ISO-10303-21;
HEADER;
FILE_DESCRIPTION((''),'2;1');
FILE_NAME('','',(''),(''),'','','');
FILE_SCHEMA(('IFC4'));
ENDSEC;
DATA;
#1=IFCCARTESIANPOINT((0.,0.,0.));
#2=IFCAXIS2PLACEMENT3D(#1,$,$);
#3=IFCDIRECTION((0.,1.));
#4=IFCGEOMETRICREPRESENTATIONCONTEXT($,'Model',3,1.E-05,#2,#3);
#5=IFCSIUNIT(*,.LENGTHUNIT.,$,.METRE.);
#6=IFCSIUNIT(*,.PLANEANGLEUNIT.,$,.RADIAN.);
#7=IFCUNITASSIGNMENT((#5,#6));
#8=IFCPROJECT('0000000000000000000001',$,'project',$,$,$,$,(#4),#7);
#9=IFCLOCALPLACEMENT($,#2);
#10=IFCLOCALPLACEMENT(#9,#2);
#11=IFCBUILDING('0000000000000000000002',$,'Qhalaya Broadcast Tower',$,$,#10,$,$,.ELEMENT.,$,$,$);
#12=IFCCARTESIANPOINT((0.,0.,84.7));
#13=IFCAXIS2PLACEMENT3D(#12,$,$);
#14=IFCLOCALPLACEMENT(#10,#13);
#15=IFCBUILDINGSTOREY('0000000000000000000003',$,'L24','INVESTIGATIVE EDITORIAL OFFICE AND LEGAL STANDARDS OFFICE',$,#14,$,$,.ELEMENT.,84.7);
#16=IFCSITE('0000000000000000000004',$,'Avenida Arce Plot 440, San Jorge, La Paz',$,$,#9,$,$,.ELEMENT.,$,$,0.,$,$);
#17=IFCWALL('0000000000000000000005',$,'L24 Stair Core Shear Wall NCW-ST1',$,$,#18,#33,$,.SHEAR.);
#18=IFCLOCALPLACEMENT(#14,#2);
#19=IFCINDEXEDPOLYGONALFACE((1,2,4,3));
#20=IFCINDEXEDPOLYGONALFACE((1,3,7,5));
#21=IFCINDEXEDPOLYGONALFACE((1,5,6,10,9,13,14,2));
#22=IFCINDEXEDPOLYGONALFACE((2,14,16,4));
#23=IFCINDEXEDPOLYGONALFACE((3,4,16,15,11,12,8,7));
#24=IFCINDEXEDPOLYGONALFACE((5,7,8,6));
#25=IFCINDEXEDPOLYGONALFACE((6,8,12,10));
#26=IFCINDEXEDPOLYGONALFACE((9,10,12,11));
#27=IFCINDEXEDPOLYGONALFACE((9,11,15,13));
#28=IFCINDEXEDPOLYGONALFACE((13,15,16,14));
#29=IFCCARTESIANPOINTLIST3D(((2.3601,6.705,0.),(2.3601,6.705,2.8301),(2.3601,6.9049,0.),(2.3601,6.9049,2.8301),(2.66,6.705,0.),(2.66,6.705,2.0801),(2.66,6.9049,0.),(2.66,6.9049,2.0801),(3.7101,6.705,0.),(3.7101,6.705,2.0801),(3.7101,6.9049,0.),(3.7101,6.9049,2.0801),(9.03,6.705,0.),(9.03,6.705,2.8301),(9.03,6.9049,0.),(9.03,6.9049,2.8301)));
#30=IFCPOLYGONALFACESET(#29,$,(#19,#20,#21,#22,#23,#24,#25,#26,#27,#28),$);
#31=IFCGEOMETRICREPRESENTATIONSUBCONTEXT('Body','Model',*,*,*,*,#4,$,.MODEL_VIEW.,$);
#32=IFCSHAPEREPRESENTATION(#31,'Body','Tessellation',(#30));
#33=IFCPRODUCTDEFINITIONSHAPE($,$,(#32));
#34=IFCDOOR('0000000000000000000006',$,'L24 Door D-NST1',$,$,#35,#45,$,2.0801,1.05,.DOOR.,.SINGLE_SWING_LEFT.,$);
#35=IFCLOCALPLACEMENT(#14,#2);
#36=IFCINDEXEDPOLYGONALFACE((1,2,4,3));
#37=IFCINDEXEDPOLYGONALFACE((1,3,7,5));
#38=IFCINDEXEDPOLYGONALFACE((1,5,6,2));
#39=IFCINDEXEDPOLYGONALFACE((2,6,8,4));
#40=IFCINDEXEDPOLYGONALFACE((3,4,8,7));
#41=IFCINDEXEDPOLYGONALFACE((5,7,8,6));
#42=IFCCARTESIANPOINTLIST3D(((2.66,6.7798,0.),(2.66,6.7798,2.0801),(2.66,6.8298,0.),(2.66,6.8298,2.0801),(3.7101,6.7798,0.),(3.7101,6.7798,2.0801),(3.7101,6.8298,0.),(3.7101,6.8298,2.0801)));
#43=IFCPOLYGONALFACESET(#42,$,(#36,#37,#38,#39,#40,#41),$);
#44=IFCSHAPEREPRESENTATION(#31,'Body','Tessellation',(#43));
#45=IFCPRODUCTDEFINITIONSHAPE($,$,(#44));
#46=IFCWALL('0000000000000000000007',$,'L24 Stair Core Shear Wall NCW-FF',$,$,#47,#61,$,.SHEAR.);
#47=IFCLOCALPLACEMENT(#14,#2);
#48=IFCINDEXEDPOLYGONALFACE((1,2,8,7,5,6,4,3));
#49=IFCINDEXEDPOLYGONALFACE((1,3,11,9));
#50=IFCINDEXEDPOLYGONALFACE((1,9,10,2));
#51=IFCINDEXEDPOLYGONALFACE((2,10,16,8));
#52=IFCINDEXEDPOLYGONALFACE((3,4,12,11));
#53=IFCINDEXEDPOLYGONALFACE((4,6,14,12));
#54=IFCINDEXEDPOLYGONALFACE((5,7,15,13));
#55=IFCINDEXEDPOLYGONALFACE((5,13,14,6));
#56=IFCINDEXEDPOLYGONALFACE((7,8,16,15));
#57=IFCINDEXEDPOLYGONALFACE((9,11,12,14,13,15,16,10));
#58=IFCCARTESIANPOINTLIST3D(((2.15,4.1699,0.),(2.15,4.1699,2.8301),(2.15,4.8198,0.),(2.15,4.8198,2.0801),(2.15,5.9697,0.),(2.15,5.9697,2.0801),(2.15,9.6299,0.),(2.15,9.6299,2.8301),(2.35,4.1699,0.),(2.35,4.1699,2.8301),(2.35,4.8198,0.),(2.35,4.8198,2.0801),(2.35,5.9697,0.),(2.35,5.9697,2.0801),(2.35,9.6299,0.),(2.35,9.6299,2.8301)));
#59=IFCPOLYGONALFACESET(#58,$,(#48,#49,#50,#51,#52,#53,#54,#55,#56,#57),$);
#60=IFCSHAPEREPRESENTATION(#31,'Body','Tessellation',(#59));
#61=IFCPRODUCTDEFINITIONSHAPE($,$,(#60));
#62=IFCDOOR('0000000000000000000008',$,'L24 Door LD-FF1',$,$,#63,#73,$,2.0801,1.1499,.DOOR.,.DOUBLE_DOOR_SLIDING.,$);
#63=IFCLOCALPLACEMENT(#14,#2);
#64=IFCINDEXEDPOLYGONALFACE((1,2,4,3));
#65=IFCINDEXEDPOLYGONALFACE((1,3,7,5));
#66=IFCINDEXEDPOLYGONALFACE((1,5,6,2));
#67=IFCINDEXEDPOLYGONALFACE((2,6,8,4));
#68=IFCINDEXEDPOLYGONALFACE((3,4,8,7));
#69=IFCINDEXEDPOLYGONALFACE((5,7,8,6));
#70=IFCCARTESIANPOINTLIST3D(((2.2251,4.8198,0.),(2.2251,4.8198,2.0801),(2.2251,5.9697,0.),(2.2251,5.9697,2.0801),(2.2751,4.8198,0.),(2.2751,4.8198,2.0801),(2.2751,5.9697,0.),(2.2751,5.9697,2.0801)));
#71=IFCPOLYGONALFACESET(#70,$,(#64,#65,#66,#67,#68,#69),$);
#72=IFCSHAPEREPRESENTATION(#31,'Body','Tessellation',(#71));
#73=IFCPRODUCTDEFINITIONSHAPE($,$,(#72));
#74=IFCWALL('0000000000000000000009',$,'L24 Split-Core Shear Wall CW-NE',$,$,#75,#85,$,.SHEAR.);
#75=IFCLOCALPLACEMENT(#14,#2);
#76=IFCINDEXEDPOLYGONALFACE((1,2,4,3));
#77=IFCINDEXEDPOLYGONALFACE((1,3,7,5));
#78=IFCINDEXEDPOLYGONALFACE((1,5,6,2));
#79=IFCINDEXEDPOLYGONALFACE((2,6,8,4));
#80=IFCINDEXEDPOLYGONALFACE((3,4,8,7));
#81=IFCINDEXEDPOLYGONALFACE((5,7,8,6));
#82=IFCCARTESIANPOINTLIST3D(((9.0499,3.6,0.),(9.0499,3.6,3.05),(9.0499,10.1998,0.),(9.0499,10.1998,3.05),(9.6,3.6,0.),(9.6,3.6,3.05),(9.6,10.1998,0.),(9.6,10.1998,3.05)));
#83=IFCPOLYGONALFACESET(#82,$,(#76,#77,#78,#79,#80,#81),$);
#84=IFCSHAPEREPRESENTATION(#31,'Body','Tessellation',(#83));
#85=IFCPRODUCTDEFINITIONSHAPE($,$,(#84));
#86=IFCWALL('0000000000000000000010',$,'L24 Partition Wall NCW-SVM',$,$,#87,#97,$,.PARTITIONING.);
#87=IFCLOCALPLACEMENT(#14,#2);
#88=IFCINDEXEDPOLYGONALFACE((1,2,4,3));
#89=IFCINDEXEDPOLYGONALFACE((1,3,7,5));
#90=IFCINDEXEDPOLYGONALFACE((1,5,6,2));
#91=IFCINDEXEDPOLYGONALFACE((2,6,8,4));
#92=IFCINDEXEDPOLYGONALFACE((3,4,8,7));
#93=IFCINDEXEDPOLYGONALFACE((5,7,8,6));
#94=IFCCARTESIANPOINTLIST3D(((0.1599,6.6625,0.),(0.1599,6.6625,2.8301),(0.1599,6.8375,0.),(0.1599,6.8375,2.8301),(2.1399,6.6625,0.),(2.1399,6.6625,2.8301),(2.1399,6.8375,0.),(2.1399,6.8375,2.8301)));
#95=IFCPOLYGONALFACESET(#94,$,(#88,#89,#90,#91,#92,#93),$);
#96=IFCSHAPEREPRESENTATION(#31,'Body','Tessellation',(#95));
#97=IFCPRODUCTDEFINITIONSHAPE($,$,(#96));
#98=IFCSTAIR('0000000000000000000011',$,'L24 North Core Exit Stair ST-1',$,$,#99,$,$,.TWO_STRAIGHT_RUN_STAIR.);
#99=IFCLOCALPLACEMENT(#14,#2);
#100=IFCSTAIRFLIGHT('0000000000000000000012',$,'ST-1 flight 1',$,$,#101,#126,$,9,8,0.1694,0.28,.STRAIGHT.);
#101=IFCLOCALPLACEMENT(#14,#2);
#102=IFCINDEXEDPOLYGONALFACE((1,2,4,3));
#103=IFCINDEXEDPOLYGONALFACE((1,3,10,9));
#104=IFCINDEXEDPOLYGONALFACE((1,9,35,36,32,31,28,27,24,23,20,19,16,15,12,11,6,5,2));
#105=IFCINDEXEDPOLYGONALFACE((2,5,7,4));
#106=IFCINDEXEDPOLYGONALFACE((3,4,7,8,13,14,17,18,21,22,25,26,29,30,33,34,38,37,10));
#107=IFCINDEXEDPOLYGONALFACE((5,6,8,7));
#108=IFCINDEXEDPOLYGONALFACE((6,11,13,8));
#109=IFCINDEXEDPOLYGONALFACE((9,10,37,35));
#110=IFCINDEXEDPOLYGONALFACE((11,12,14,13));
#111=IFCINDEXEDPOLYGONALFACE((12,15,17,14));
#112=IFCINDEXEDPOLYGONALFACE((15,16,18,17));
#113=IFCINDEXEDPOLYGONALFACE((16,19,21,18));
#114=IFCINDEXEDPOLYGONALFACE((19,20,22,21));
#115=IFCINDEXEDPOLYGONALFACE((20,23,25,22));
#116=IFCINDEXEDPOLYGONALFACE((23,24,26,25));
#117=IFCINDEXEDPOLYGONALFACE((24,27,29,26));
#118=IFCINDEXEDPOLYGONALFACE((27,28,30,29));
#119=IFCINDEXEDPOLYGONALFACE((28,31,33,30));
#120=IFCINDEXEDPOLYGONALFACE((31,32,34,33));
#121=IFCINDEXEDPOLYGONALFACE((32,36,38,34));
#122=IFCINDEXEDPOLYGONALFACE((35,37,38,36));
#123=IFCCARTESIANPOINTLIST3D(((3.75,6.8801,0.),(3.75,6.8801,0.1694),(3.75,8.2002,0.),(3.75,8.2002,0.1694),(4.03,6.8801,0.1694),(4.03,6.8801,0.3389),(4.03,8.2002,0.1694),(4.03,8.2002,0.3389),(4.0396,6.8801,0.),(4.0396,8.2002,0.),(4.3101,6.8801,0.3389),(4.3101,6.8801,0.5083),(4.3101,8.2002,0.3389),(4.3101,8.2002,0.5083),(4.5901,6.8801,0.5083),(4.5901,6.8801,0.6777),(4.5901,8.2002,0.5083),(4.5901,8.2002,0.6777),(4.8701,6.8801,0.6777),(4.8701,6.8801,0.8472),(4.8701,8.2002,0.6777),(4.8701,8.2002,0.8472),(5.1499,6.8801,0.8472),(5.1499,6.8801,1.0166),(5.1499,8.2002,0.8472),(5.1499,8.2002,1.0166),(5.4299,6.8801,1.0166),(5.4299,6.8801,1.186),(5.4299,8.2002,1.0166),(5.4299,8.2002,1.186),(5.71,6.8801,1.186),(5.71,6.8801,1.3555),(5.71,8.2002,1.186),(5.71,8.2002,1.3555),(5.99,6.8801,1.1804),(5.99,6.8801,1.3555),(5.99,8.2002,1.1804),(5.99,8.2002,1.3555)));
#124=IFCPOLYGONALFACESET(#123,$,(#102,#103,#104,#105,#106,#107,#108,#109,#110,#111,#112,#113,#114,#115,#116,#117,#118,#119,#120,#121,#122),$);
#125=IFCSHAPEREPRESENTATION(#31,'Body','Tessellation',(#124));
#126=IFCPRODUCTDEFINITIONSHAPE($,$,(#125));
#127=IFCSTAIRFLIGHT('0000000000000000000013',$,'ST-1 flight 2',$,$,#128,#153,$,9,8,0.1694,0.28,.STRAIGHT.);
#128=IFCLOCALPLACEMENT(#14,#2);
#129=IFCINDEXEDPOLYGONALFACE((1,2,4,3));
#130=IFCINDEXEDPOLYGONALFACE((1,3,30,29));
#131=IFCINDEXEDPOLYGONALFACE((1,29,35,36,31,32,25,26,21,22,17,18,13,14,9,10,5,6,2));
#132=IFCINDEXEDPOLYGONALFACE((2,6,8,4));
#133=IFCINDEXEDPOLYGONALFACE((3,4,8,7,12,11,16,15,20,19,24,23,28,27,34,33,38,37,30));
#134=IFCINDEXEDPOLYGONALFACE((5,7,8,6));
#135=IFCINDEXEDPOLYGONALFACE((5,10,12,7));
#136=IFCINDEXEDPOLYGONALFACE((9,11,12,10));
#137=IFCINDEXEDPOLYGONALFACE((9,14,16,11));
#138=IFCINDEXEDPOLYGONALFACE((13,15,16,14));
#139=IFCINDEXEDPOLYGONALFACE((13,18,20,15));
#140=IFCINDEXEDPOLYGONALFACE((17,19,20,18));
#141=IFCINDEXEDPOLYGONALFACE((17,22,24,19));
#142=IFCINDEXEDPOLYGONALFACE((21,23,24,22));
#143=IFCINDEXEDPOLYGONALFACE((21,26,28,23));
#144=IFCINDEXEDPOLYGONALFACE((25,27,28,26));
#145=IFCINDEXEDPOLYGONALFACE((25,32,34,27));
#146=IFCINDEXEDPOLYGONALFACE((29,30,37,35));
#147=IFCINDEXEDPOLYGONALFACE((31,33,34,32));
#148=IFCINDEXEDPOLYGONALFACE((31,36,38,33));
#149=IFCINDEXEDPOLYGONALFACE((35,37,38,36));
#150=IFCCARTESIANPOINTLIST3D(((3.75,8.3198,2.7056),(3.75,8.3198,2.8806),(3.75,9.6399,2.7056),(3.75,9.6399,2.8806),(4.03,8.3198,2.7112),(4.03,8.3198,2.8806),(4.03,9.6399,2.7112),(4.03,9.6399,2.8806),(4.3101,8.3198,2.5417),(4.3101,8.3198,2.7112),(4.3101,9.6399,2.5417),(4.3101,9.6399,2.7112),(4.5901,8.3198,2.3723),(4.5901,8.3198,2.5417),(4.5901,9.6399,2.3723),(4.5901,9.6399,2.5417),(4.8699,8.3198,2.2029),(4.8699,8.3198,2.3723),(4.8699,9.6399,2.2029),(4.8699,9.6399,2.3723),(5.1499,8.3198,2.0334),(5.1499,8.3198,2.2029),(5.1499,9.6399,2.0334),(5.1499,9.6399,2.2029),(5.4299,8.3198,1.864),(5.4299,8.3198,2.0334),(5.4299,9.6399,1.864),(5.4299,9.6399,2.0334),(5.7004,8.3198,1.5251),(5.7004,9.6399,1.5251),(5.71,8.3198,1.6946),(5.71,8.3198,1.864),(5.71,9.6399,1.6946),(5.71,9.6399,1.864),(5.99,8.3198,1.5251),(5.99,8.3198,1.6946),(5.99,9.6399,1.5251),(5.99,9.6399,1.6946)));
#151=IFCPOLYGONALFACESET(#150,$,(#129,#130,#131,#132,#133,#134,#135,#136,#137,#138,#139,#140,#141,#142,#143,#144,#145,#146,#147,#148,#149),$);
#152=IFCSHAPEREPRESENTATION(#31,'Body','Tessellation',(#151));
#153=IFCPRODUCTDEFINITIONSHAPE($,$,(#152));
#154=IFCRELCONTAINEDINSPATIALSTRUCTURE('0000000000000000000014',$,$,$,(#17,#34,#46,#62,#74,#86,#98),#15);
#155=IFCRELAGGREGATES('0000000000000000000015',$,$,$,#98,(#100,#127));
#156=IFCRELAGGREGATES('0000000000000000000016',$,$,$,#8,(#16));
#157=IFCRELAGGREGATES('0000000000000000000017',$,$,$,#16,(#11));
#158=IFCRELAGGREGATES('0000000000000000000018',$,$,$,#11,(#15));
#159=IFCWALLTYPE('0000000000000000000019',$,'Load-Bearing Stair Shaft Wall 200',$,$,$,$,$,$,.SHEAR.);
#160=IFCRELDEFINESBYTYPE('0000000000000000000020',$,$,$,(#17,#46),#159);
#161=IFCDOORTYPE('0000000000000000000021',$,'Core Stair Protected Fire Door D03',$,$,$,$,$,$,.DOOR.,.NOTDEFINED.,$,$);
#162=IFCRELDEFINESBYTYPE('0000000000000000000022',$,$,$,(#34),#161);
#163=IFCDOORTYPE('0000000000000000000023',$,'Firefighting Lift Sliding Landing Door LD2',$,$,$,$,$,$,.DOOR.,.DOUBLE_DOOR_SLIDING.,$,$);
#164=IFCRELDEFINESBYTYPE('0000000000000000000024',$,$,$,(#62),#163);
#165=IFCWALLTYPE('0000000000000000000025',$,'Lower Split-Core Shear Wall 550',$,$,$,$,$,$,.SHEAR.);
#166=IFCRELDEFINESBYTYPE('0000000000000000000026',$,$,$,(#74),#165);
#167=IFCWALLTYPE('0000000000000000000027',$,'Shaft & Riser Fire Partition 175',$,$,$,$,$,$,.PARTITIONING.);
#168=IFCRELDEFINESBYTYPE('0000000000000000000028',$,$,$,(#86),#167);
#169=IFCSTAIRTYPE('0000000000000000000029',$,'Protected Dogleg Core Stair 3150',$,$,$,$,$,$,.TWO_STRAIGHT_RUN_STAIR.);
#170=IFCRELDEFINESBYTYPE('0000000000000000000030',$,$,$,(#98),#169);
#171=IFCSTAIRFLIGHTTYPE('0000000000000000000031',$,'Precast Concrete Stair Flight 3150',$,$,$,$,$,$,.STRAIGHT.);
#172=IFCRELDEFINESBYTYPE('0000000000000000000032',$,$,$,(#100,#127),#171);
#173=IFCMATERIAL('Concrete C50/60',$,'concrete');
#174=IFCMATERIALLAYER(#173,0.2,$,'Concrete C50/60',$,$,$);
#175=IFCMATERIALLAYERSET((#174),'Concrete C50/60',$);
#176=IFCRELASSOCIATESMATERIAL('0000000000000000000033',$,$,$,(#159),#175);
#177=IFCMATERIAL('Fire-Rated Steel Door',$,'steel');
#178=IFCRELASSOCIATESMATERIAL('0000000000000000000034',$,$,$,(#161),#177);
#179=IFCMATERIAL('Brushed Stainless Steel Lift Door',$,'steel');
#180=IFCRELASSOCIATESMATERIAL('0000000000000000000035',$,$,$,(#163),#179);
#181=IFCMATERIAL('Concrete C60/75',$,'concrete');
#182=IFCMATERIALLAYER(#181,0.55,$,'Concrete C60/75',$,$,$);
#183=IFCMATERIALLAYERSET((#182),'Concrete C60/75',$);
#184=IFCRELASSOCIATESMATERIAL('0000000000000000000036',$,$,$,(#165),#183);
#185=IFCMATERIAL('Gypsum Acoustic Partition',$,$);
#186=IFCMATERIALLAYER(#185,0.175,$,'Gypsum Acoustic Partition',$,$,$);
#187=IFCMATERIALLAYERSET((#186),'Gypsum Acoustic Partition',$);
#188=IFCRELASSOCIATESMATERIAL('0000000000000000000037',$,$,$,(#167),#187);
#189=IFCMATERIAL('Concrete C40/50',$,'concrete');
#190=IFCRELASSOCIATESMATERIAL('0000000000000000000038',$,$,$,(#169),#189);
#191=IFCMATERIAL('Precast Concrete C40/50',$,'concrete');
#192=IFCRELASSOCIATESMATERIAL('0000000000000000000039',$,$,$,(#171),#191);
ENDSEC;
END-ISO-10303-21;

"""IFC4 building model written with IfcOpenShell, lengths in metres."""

from ifc_helpers import new_model, si_unit, direction, frame, frame_2d, origin, place, context, subcontext, project, spatial, polyline, rectangle, outline, extrude, material, layer, layer_set, type_object, element, fill, aggregate, save


model = new_model("IFC4")

# Units and contexts
model_context = context("Model", 3, precision=1e-05, world=origin(), true_north=direction((0.0, 1.0)))
body_context = subcontext(model_context, "Body", "Model", "MODEL_VIEW")
ifc_project = project(units=[si_unit("LENGTHUNIT", "METRE"), si_unit("PLANEANGLEUNIT", "RADIAN")], contexts=[model_context])

# Site, building, storey
site_placement = place(None, origin())
site = spatial("IfcSite", under=ifc_project, at=site_placement, Name="Avenida Arce Plot 440, San Jorge, La Paz", CompositionType="ELEMENT", RefElevation=0.0)
building_placement = place(site_placement, origin())
building = spatial("IfcBuilding", under=site, at=building_placement, Name="Qhalaya Broadcast Tower", CompositionType="ELEMENT")
storey_placement = place(building_placement, frame((0.0, 0.0, 84.7)))
storey = spatial("IfcBuildingStorey", under=building, at=storey_placement, Name="L24", Description="INVESTIGATIVE EDITORIAL OFFICE AND LEGAL STANDARDS OFFICE", CompositionType="ELEMENT", Elevation=84.7)

# Shared definitions
ifc_material_1 = material(Name="Concrete C50/60", Category="concrete")

# Walls, openings, doors
ifc_layer_1 = layer(ifc_material_1, 0.2, Name="Concrete C50/60")
ifc_layer_set_1 = layer_set([ifc_layer_1], Name="Concrete C50/60")
wall_type_1 = type_object("IfcWallType", Name="Load-Bearing Stair Shaft Wall 200", PredefinedType="SHEAR", material=ifc_layer_set_1)
wall_1_placement = place(storey_placement, frame((2.3601, 6.8049, 0.0), z_axis=(0.0, 0.0, 1.0), x_axis=(1.0, 0.0, 0.0)))
wall_1 = element("IfcWall", 1, at=wall_1_placement, inside=storey, type_object=wall_type_1, Name="L24 Stair Core Shear Wall NCW-ST1", PredefinedType="SHEAR", context=body_context, shape_type="SweptSolid", body=[
    extrude(rectangle(XDim=6.6699, YDim=0.2, at=frame_2d((3.335, 0.0))), origin(), (0.0, 0.0, 1.0), 2.8301),
])
opening_1_placement = place(wall_1_placement, frame((0.3, 0.0, 0.0)))
opening_1 = element("IfcOpeningElement", 2, at=opening_1_placement, cuts=wall_1, PredefinedType="OPENING", context=body_context, shape_type="SweptSolid", body=[
    extrude(rectangle(XDim=1.05, YDim=2.0801, at=frame_2d((0.5249, 1.04))), frame((0.0, 0.1121, 0.0), z_axis=(0.0, -1.0, 0.0), x_axis=(1.0, 0.0, 0.0)), (0.0, 0.0, 1.0), 0.2239),
])
ifc_material_2 = material(Name="Fire-Rated Steel Door", Category="steel")
door_type_1 = type_object("IfcDoorType", Name="Core Stair Protected Fire Door D03", OperationType="NOTDEFINED", PredefinedType="DOOR", material=ifc_material_2)
door_1_placement = place(opening_1_placement, origin())
door_1 = element("IfcDoor", 3, at=door_1_placement, inside=storey, type_object=door_type_1, Name="L24 Door D-NST1", OperationType="SINGLE_SWING_LEFT", OverallHeight=2.0801, OverallWidth=1.05, PredefinedType="DOOR", context=body_context, shape_type="SweptSolid", body=[
    extrude(rectangle(XDim=1.05, YDim=2.0801, at=frame_2d((0.5249, 1.04))), frame((0.0, 0.0249, 0.0), z_axis=(0.0, -1.0, 0.0), x_axis=(1.0, 0.0, 0.0)), (0.0, 0.0, 1.0), 0.05),
])
fill(opening_1, door_1)
wall_2_placement = place(storey_placement, frame((2.25, 4.1699, 0.0), z_axis=(0.0, 0.0, 1.0), x_axis=(0.0, 1.0, 0.0)))
wall_2 = element("IfcWall", 4, at=wall_2_placement, inside=storey, type_object=wall_type_1, Name="L24 Stair Core Shear Wall NCW-FF", PredefinedType="SHEAR", context=body_context, shape_type="SweptSolid", body=[
    extrude(rectangle(XDim=5.46, YDim=0.2, at=frame_2d((2.73, 0.0))), origin(), (0.0, 0.0, 1.0), 2.8301),
])
opening_2_placement = place(wall_2_placement, frame((0.6499, 0.0, 0.0)))
opening_2 = element("IfcOpeningElement", 5, at=opening_2_placement, cuts=wall_2, PredefinedType="OPENING", context=body_context, shape_type="SweptSolid", body=[
    extrude(rectangle(XDim=1.1499, YDim=2.0801, at=frame_2d((0.575, 1.04))), frame((0.0, 0.1121, 0.0), z_axis=(0.0, -1.0, 0.0), x_axis=(1.0, 0.0, 0.0)), (0.0, 0.0, 1.0), 0.2239),
])
ifc_material_3 = material(Name="Brushed Stainless Steel Lift Door", Category="steel")
door_type_2 = type_object("IfcDoorType", Name="Firefighting Lift Sliding Landing Door LD2", OperationType="DOUBLE_DOOR_SLIDING", PredefinedType="DOOR", material=ifc_material_3)
door_2_placement = place(opening_2_placement, origin())
door_2 = element("IfcDoor", 6, at=door_2_placement, inside=storey, type_object=door_type_2, Name="L24 Door LD-FF1", OperationType="DOUBLE_DOOR_SLIDING", OverallHeight=2.0801, OverallWidth=1.1499, PredefinedType="DOOR", context=body_context, shape_type="SweptSolid", body=[
    extrude(rectangle(XDim=1.1499, YDim=2.0801, at=frame_2d((0.575, 1.04))), frame((0.0, 0.0249, 0.0), z_axis=(0.0, -1.0, 0.0), x_axis=(1.0, 0.0, 0.0)), (0.0, 0.0, 1.0), 0.05),
])
fill(opening_2, door_2)

# Walls
ifc_material_4 = material(Name="Concrete C60/75", Category="concrete")
ifc_layer_2 = layer(ifc_material_4, 0.55, Name="Concrete C60/75")
ifc_layer_set_2 = layer_set([ifc_layer_2], Name="Concrete C60/75")
wall_type_2 = type_object("IfcWallType", Name="Lower Split-Core Shear Wall 550", PredefinedType="SHEAR", material=ifc_layer_set_2)
wall_3_placement = place(storey_placement, frame((9.325, 3.6001, 0.0), z_axis=(0.0, 0.0, 1.0), x_axis=(0.0, 1.0, 0.0)))
element("IfcWall", 7, at=wall_3_placement, inside=storey, type_object=wall_type_2, Name="L24 Split-Core Shear Wall CW-NE", PredefinedType="SHEAR", context=body_context, shape_type="SweptSolid", body=[
    extrude(rectangle(XDim=6.5999, YDim=0.55, at=frame_2d((3.2998, 0.0))), origin(), (0.0, 0.0, 1.0), 3.05),
])
ifc_material_5 = material(Name="Gypsum Acoustic Partition")
ifc_layer_3 = layer(ifc_material_5, 0.175, Name="Gypsum Acoustic Partition")
ifc_layer_set_3 = layer_set([ifc_layer_3], Name="Gypsum Acoustic Partition")
wall_type_3 = type_object("IfcWallType", Name="Shaft & Riser Fire Partition 175", PredefinedType="PARTITIONING", material=ifc_layer_set_3)
wall_4_placement = place(storey_placement, frame((0.1599, 6.75, 0.0), z_axis=(0.0, 0.0, 1.0), x_axis=(1.0, 0.0, 0.0)))
element("IfcWall", 8, at=wall_4_placement, inside=storey, type_object=wall_type_3, Name="L24 Partition Wall NCW-SVM", PredefinedType="PARTITIONING", context=body_context, shape_type="SweptSolid", body=[
    extrude(rectangle(XDim=1.98, YDim=0.175, at=frame_2d((0.99, 0.0))), origin(), (0.0, 0.0, 1.0), 2.8301),
])

# Stair, stair flights
ifc_material_6 = material(Name="Concrete C40/50", Category="concrete")
stair_type = type_object("IfcStairType", Name="Protected Dogleg Core Stair 3150", PredefinedType="TWO_STRAIGHT_RUN_STAIR", material=ifc_material_6)
stair_placement = place(storey_placement, origin())
stair = element("IfcStair", 9, at=stair_placement, inside=storey, type_object=stair_type, Name="L24 North Core Exit Stair ST-1", PredefinedType="TWO_STRAIGHT_RUN_STAIR")
ifc_material_7 = material(Name="Precast Concrete C40/50", Category="concrete")
stair_flight_type = type_object("IfcStairFlightType", Name="Precast Concrete Stair Flight 3150", PredefinedType="STRAIGHT", material=ifc_material_7)
stair_flight_1_placement = place(storey_placement, frame((3.75, 7.54, 0.0), z_axis=(0.0, 0.0, 1.0), x_axis=(1.0, 0.0, 0.0)))
stair_flight_1 = element("IfcStairFlight", 10, at=stair_flight_1_placement, type_object=stair_flight_type, Name="ST-1 flight 1", NumberOfRisers=9, NumberOfTreads=8, PredefinedType="STRAIGHT", RiserHeight=0.1694, TreadLength=0.28, context=body_context, shape_type="SweptSolid", body=[
    extrude(outline(polyline([(0.0, 0.0), (0.0, 0.1694), (0.28, 0.1694), (0.28, 0.3389), (0.5601, 0.3389), (0.5601, 0.5083), (0.8401, 0.5083), (0.8401, 0.6777), (1.1201, 0.6777), (1.1201, 0.8472), (1.3999, 0.8472), (1.3999, 1.0166), (1.6799, 1.0166), (1.6799, 1.186), (1.96, 1.186), (1.96, 1.3555), (2.24, 1.3555), (2.24, 1.5249), (2.24, 1.1804), (0.2896, 0.0), (0.0, 0.0)])), frame((0.0, 0.6602, 0.0), z_axis=(0.0, -1.0, 0.0), x_axis=(1.0, 0.0, 0.0)), (0.0, 0.0, 1.0), 1.3201),
])
stair_flight_2_placement = place(storey_placement, frame((5.99, 8.98, 1.5251), z_axis=(0.0, 0.0, 1.0), x_axis=(-1.0, 0.0, 0.0)))
stair_flight_2 = element("IfcStairFlight", 11, at=stair_flight_2_placement, type_object=stair_flight_type, Name="ST-1 flight 2", NumberOfRisers=9, NumberOfTreads=8, PredefinedType="STRAIGHT", RiserHeight=0.1694, TreadLength=0.28, context=body_context, shape_type="SweptSolid", body=[
    extrude(outline(polyline([(0.0, 0.0), (0.0, 0.1694), (0.28, 0.1694), (0.28, 0.3389), (0.5601, 0.3389), (0.5601, 0.5083), (0.8401, 0.5083), (0.8401, 0.6777), (1.1201, 0.6777), (1.1201, 0.8472), (1.3999, 0.8472), (1.3999, 1.0166), (1.6799, 1.0166), (1.6799, 1.186), (1.96, 1.186), (1.96, 1.3555), (2.24, 1.3555), (2.24, 1.5249), (2.24, 1.1804), (0.2896, 0.0), (0.0, 0.0)])), frame((0.0, 0.6602, 0.0), z_axis=(0.0, -1.0, 0.0), x_axis=(1.0, 0.0, 0.0)), (0.0, 0.0, 1.0), 1.3201),
])
aggregate(stair, [stair_flight_1, stair_flight_2])

save(model, "model.ifc")
